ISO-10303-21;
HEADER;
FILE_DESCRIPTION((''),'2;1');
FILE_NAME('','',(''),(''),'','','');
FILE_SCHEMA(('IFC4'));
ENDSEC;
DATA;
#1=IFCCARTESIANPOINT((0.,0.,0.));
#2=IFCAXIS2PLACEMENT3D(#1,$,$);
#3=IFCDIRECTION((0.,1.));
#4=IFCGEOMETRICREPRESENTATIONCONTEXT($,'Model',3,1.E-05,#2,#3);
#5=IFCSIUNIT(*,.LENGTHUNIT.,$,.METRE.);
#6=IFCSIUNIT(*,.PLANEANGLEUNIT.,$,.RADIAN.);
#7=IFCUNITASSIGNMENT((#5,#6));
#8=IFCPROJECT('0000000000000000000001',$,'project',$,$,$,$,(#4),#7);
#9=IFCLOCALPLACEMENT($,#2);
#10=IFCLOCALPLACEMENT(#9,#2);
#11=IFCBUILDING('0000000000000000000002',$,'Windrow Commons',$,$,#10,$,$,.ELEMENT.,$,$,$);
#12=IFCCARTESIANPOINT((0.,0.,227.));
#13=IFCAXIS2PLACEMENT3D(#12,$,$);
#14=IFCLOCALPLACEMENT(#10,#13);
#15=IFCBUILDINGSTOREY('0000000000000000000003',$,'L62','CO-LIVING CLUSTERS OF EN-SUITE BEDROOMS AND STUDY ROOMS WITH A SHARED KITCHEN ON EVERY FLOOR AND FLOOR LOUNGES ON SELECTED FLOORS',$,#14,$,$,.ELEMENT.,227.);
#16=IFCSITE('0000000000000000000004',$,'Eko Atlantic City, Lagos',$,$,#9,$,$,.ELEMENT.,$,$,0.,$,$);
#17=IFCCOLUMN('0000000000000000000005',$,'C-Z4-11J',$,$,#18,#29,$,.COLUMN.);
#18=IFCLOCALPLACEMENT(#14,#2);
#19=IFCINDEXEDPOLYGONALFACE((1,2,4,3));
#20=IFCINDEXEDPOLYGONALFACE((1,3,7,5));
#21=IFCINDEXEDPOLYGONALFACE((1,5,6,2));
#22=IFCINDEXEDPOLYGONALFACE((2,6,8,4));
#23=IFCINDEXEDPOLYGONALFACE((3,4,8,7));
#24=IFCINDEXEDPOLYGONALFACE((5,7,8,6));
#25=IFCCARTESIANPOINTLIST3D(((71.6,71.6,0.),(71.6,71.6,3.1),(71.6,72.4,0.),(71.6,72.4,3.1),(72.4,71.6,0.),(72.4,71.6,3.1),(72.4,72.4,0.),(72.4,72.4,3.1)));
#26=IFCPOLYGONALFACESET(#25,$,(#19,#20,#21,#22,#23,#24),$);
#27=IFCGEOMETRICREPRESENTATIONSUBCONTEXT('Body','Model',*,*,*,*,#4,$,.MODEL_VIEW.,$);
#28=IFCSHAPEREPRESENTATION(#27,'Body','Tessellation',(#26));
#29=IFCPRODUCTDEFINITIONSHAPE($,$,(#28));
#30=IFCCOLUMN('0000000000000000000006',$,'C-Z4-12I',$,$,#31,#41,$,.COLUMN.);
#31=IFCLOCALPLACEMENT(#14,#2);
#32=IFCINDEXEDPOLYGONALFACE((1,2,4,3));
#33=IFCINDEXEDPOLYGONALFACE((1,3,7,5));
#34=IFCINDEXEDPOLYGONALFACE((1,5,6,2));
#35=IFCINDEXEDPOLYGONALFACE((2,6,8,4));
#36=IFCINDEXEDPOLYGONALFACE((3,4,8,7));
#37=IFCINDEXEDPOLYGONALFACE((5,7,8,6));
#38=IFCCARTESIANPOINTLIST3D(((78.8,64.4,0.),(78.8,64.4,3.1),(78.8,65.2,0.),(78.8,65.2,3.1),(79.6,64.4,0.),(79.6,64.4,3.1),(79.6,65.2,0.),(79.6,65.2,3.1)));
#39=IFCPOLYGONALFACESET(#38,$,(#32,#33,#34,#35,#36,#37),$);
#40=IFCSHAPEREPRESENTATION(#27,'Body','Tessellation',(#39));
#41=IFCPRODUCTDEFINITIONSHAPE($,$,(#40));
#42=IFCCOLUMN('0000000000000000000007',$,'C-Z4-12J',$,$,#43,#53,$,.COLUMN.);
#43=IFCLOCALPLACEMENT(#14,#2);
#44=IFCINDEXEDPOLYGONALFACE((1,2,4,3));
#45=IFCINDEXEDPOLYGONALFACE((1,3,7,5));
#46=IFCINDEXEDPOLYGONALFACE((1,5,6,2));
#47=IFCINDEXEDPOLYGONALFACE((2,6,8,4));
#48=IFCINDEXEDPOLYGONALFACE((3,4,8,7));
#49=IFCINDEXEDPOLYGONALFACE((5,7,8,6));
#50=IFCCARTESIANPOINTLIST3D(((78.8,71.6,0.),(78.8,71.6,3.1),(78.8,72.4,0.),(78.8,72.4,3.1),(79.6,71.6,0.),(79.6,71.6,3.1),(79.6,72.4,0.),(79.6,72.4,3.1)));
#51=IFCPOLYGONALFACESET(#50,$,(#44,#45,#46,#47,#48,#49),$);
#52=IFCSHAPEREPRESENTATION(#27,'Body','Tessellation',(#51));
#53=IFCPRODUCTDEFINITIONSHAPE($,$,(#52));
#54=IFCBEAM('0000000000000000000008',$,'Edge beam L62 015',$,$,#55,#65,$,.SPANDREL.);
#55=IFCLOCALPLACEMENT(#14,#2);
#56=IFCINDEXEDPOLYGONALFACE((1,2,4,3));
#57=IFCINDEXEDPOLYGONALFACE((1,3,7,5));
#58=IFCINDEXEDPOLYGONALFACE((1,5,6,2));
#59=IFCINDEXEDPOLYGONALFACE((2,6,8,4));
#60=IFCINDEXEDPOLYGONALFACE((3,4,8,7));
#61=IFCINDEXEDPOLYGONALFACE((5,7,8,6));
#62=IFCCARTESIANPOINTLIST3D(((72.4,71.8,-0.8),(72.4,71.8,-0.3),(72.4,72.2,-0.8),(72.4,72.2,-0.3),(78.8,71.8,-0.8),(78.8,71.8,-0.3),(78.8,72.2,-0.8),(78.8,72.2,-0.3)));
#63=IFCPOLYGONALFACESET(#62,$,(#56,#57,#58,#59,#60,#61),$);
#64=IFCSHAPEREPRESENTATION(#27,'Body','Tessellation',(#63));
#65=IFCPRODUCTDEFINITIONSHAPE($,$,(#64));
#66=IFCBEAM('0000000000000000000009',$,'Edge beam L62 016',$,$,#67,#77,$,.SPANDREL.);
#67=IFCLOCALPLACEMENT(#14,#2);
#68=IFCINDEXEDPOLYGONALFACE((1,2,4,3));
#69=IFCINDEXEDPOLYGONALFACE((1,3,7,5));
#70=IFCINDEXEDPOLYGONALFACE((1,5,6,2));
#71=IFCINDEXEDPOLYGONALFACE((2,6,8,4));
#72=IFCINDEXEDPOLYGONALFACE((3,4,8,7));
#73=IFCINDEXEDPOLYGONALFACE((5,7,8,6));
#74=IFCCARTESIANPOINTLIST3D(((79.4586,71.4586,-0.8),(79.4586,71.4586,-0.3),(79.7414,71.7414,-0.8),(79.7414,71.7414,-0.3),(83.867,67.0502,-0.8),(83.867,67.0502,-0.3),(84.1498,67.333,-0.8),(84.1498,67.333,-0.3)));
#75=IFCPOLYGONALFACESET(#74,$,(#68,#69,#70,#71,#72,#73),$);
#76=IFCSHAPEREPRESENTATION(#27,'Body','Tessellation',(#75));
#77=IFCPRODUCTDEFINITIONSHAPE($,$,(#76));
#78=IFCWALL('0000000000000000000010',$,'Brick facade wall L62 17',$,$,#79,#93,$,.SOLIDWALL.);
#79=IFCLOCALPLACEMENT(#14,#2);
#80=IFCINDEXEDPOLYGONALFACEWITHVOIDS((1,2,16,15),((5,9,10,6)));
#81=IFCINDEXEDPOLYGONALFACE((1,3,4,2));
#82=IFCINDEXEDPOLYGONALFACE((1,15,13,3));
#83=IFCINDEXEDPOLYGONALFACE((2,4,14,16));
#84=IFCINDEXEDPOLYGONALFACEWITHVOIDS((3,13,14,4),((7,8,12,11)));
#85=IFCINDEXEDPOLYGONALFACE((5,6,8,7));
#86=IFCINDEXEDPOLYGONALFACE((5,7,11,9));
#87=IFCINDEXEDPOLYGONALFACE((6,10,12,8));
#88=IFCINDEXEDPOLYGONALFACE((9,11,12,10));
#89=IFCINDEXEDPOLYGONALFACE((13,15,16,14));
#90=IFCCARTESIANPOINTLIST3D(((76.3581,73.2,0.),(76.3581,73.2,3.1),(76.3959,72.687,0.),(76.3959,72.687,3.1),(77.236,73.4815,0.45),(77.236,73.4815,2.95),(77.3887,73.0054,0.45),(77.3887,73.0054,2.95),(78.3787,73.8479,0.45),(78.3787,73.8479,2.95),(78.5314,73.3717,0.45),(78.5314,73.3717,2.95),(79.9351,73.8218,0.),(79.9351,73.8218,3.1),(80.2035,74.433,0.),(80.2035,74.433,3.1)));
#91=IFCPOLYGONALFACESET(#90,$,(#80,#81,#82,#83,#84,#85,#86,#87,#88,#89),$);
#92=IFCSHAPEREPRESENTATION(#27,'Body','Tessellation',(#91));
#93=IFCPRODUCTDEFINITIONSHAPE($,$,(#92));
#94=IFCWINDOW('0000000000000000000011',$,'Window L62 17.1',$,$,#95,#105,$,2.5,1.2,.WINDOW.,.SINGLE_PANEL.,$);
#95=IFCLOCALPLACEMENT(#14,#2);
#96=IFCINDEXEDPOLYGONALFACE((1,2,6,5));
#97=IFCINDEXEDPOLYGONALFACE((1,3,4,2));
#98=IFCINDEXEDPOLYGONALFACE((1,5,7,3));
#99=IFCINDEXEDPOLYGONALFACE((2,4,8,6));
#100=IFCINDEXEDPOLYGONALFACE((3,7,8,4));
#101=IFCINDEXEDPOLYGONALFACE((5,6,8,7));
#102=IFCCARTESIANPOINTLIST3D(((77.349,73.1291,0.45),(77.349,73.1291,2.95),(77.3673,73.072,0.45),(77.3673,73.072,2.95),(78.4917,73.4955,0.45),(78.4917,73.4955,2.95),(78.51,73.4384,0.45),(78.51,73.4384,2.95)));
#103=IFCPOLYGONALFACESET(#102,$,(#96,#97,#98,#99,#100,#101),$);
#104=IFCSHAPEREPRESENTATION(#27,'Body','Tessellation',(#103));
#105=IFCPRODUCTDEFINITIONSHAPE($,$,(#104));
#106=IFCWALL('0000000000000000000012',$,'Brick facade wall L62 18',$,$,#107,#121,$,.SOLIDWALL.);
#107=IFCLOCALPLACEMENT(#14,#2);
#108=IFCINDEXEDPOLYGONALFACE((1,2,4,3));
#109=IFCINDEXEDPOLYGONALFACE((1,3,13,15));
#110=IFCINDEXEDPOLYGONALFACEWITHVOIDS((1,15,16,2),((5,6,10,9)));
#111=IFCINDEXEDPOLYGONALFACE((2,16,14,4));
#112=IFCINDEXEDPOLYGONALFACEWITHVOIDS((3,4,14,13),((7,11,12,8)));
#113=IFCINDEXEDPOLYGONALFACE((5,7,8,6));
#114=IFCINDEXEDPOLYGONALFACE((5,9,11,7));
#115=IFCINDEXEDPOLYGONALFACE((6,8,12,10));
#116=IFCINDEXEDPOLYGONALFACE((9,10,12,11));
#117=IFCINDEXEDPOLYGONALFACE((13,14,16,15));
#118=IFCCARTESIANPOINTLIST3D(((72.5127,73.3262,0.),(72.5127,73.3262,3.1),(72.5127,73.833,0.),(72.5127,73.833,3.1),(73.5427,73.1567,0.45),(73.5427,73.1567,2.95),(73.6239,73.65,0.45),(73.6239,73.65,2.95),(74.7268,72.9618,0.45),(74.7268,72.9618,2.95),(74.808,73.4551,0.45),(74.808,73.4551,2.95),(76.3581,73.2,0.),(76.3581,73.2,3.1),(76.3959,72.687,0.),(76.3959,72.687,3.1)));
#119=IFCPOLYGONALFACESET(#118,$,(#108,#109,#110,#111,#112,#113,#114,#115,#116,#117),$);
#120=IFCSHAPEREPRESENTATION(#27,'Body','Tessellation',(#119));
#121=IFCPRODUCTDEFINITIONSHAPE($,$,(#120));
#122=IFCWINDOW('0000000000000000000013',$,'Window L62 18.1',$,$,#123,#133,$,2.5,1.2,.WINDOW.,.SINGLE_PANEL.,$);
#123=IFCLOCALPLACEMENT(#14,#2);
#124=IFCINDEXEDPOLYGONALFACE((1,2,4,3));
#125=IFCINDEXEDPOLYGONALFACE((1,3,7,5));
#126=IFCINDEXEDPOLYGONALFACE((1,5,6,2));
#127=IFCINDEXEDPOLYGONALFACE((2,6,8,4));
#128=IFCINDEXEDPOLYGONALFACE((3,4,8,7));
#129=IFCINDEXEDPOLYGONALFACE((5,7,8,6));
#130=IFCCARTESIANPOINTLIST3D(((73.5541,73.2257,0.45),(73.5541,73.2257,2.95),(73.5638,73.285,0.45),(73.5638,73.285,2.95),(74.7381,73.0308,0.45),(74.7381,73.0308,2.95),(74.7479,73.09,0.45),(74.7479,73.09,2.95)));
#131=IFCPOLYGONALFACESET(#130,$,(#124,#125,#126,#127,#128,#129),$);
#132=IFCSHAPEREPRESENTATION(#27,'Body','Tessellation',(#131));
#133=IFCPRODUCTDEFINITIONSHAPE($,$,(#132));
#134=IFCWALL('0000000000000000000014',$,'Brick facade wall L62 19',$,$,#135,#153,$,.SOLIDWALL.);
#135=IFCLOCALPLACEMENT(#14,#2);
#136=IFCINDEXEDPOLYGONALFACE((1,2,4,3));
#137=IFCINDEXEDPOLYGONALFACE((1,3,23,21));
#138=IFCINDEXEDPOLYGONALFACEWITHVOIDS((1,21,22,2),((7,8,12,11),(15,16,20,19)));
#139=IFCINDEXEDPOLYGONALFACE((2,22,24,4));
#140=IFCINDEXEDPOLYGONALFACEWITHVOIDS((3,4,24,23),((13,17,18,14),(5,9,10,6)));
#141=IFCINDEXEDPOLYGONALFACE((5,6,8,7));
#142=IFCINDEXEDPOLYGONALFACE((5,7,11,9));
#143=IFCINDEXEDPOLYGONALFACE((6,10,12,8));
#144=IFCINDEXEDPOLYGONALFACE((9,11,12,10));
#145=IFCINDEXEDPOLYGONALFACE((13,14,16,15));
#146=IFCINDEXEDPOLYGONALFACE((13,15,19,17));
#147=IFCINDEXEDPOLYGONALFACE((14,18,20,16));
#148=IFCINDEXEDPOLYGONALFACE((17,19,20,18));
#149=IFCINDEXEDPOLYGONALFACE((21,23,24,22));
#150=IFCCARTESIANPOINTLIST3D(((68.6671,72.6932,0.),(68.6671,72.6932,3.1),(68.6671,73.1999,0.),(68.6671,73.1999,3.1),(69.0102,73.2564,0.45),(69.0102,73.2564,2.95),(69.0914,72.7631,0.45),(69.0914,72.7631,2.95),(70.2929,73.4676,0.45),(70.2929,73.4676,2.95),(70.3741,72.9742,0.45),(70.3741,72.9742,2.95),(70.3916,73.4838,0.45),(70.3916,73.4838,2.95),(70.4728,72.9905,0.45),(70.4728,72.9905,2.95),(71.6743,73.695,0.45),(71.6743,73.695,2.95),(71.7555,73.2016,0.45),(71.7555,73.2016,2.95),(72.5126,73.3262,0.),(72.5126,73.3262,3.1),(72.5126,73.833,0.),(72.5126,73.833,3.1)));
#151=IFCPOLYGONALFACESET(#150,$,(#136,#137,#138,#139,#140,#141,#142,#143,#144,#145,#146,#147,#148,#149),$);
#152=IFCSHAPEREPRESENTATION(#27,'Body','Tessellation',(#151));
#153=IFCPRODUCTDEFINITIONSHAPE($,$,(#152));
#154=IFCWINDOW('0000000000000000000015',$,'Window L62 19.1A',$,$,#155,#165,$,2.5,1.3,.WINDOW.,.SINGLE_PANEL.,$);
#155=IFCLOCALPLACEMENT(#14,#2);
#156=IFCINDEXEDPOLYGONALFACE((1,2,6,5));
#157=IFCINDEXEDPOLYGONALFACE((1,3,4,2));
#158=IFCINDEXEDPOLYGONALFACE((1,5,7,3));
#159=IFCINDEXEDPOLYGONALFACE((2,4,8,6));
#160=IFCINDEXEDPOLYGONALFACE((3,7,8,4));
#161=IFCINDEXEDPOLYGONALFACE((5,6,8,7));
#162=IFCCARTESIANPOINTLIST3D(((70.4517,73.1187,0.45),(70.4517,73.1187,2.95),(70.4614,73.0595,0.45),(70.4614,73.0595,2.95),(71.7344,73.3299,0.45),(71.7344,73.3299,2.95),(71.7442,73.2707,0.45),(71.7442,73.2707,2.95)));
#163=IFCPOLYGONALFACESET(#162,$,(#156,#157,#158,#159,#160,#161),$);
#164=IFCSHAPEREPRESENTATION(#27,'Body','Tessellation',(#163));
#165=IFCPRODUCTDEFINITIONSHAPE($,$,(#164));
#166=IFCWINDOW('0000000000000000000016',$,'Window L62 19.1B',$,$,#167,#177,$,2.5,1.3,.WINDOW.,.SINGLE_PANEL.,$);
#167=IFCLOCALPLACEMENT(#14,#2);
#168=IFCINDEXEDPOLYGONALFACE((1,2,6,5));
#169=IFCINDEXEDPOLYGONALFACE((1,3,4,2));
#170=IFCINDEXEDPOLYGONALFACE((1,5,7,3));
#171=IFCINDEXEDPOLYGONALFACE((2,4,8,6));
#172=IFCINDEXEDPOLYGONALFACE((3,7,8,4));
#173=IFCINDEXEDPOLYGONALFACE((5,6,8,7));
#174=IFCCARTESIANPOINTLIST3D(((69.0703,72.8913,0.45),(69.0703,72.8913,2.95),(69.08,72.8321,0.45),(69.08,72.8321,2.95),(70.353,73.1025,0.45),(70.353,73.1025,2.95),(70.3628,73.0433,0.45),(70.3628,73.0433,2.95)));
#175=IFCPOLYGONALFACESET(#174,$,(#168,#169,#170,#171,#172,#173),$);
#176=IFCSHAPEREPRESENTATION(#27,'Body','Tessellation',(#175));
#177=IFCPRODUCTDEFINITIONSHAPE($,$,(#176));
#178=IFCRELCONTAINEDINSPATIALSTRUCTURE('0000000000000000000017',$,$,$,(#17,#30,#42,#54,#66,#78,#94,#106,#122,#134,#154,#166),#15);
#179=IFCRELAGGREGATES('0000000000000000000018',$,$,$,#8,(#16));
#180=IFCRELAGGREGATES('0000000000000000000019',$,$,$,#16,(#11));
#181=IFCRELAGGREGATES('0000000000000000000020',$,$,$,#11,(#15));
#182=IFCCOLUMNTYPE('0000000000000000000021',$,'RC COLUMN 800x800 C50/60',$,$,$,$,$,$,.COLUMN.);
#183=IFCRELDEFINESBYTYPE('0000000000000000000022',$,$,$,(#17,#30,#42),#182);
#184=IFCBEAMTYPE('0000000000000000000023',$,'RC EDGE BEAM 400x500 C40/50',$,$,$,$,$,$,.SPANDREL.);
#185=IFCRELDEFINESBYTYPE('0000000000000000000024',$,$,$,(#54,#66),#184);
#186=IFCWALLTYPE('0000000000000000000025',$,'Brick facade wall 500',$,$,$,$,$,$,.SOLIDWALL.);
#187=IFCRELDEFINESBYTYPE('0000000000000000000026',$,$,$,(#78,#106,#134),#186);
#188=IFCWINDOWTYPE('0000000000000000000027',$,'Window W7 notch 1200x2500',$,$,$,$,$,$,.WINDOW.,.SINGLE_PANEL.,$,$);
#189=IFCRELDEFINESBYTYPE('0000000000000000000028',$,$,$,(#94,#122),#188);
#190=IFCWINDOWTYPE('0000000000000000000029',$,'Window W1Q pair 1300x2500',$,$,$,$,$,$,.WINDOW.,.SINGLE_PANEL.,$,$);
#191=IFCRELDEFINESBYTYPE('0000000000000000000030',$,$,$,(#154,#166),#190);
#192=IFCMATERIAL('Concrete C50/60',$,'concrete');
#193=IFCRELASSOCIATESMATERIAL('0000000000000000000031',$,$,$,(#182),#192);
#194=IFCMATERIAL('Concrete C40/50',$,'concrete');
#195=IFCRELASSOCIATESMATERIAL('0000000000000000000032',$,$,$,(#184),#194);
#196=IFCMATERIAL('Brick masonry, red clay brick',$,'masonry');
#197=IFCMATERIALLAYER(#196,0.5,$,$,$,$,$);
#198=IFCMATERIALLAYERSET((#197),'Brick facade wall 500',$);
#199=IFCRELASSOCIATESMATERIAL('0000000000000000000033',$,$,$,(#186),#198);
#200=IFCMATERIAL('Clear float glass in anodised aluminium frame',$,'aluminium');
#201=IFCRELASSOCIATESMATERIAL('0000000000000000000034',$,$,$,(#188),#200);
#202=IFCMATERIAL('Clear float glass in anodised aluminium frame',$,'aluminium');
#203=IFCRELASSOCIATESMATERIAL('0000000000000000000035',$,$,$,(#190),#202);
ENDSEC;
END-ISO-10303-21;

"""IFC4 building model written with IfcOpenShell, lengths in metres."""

from ifc_helpers import new_model, si_unit, direction, frame, frame_2d, origin, origin_2d, place, context, subcontext, project, spatial, polyline, rectangle, outline, extrude, material, layer, layer_set, material_profile, profile_set, type_object, element, fill, save


model = new_model("IFC4")

# Units and contexts
model_context = context("Model", 3, precision=1e-05, world=origin(), true_north=direction((0.0, 1.0)))
body_context = subcontext(model_context, "Body", "Model", "MODEL_VIEW")
ifc_project = project(units=[si_unit("LENGTHUNIT", "METRE"), si_unit("PLANEANGLEUNIT", "RADIAN")], contexts=[model_context])

# Site, building, storey
site_placement = place(None, origin())
site = spatial("IfcSite", under=ifc_project, at=site_placement, Name="Eko Atlantic City, Lagos", CompositionType="ELEMENT", RefElevation=0.0)
building_placement = place(site_placement, origin())
building = spatial("IfcBuilding", under=site, at=building_placement, Name="Windrow Commons", CompositionType="ELEMENT")
storey_placement = place(building_placement, frame((0.0, 0.0, 227.0)))
storey = spatial("IfcBuildingStorey", under=building, at=storey_placement, Name="L62", Description="CO-LIVING CLUSTERS OF EN-SUITE BEDROOMS AND STUDY ROOMS WITH A SHARED KITCHEN ON EVERY FLOOR AND FLOOR LOUNGES ON SELECTED FLOORS", CompositionType="ELEMENT", Elevation=227.0)

# Columns
ifc_material_1 = material(Name="Concrete C50/60", Category="concrete")
ifc_material_profile_1 = material_profile(ifc_material_1, rectangle(XDim=0.8, YDim=0.8, at=origin_2d()))
ifc_profile_set_1 = profile_set([ifc_material_profile_1], Name="Concrete C50/60")
column_type = type_object("IfcColumnType", Name="RC COLUMN 800x800 C50/60", PredefinedType="COLUMN", material=ifc_profile_set_1)
for number, where, z_axis, x_axis, name in (
    (1, (72.0, 72.0, 0.0), (0.0, 0.0, 1.0), (1.0, 0.0, 0.0), "C-Z4-11J"),
    (2, (79.2, 64.8, 0.0), (0.0, 0.0, 1.0), (1.0, 0.0, 0.0), "C-Z4-12I"),
    (3, (79.2, 72.0, 0.0), (0.0, 0.0, 1.0), (1.0, 0.0, 0.0), "C-Z4-12J"),
):
    element("IfcColumn", number, at=place(storey_placement, frame(where, z_axis=z_axis, x_axis=x_axis)), inside=storey, type_object=column_type, Name=name, PredefinedType="COLUMN", context=body_context, shape_type="SweptSolid", body=[
        extrude(rectangle(XDim=0.8, YDim=0.8, at=origin_2d()), origin(), (0.0, 0.0, 1.0), 3.1),
    ])

# Beams
ifc_material_2 = material(Name="Concrete C40/50", Category="concrete")
ifc_material_profile_2 = material_profile(ifc_material_2, rectangle(XDim=0.4, YDim=0.5, at=origin_2d()))
ifc_profile_set_2 = profile_set([ifc_material_profile_2], Name="Concrete C40/50")
beam_type = type_object("IfcBeamType", Name="RC EDGE BEAM 400x500 C40/50", PredefinedType="SPANDREL", material=ifc_profile_set_2)
beam_1_placement = place(storey_placement, frame((72.4, 72.0, -0.55), z_axis=(1.0, 0.0, 0.0), x_axis=(0.0, 1.0, 0.0)))
element("IfcBeam", 4, at=beam_1_placement, inside=storey, type_object=beam_type, Name="Edge beam L62 015", PredefinedType="SPANDREL", context=body_context, shape_type="SweptSolid", body=[
    extrude(rectangle(XDim=0.4, YDim=0.5, at=origin_2d()), origin(), (0.0, 0.0, 1.0), 6.4),
])
beam_2_placement = place(storey_placement, frame((79.6, 71.6, -0.55), z_axis=(0.707107, -0.707107, 0.0), x_axis=(0.707107, 0.707107, 0.0)))
element("IfcBeam", 5, at=beam_2_placement, inside=storey, type_object=beam_type, Name="Edge beam L62 016", PredefinedType="SPANDREL", context=body_context, shape_type="SweptSolid", body=[
    extrude(rectangle(XDim=0.4, YDim=0.5, at=origin_2d()), origin(), (0.0, 0.0, 1.0), 6.2344),
])

# Walls, openings, windows
ifc_material_3 = material(Name="Brick masonry, red clay brick", Category="masonry")
ifc_layer_1 = layer(ifc_material_3, 0.5)
ifc_layer_set_1 = layer_set([ifc_layer_1], Name="Brick facade wall 500")
wall_type_1 = type_object("IfcWallType", Name="Brick facade wall 500", PredefinedType="SOLIDWALL", material=ifc_layer_set_1)
wall_1_placement = place(storey_placement, frame((80.0693, 74.1274, 0.0), z_axis=(0.0, 0.0, 1.0), x_axis=(-0.952247, -0.305329, 0.0)))
wall_1 = element("IfcWall", 6, at=wall_1_placement, inside=storey, type_object=wall_type_1, Name="Brick facade wall L62 17", PredefinedType="SOLIDWALL", context=body_context, shape_type="SweptSolid", body=[
    extrude(outline(polyline([(-0.2211, -0.25), (3.8172, -0.25), (3.9378, 0.25), (0.2211, 0.25), (-0.2211, -0.25)])), origin(), (0.0, 0.0, 1.0), 3.1),
])
opening_1_placement = place(wall_1_placement, frame((1.6952, 0.0, 0.45)))
opening_1 = element("IfcOpeningElement", 7, at=opening_1_placement, cuts=wall_1, PredefinedType="OPENING", context=body_context, shape_type="SweptSolid", body=[
    extrude(rectangle(XDim=1.2, YDim=2.5, at=frame_2d((0.6, 1.25))), frame((0.0, 0.26, 0.0), z_axis=(0.0, -1.0, 0.0), x_axis=(1.0, 0.0, 0.0)), (0.0, 0.0, 1.0), 0.52),
])
ifc_material_4 = material(Name="Clear float glass in anodised aluminium frame", Category="aluminium")
window_type_1 = type_object("IfcWindowType", Name="Window W7 notch 1200x2500", PartitioningType="SINGLE_PANEL", PredefinedType="WINDOW", material=ifc_material_4)
window_1_placement = place(opening_1_placement, origin())
window_1 = element("IfcWindow", 8, at=window_1_placement, inside=storey, type_object=window_type_1, Name="Window L62 17.1", OverallHeight=2.5, OverallWidth=1.2, PartitioningType="SINGLE_PANEL", PredefinedType="WINDOW", context=body_context, shape_type="SweptSolid", body=[
    extrude(rectangle(XDim=1.2, YDim=2.5, at=frame_2d((0.6, 1.25))), frame((0.0, 0.18, 0.0), z_axis=(0.0, -1.0, 0.0), x_axis=(1.0, 0.0, 0.0)), (0.0, 0.0, 1.0), 0.06),
])
fill(opening_1, window_1)
wall_2_placement = place(storey_placement, frame((76.377, 72.9435, 0.0), z_axis=(0.0, 0.0, 1.0), x_axis=(-0.986722, 0.162419, 0.0)))
wall_2 = element("IfcWall", 9, at=wall_2_placement, inside=storey, type_object=wall_type_1, Name="Brick facade wall L62 18", PredefinedType="SOLIDWALL", context=body_context, shape_type="SweptSolid", body=[
    extrude(outline(polyline([(0.0603, -0.25), (3.9575, -0.25), (3.8752, 0.25), (-0.0603, 0.25), (0.0603, -0.25)])), origin(), (0.0, 0.0, 1.0), 3.1),
])
opening_2_placement = place(wall_2_placement, frame((1.6313, 0.0, 0.45)))
opening_2 = element("IfcOpeningElement", 10, at=opening_2_placement, cuts=wall_2, PredefinedType="OPENING", context=body_context, shape_type="SweptSolid", body=[
    extrude(rectangle(XDim=1.2, YDim=2.5, at=frame_2d((0.6, 1.25))), frame((0.0, 0.26, 0.0), z_axis=(0.0, -1.0, 0.0), x_axis=(1.0, 0.0, 0.0)), (0.0, 0.0, 1.0), 0.52),
])
window_2_placement = place(opening_2_placement, origin())
window_2 = element("IfcWindow", 11, at=window_2_placement, inside=storey, type_object=window_type_1, Name="Window L62 18.1", OverallHeight=2.5, OverallWidth=1.2, PartitioningType="SINGLE_PANEL", PredefinedType="WINDOW", context=body_context, shape_type="SweptSolid", body=[
    extrude(rectangle(XDim=1.2, YDim=2.5, at=frame_2d((0.6, 1.25))), frame((0.0, 0.18, 0.0), z_axis=(0.0, -1.0, 0.0), x_axis=(1.0, 0.0, 0.0)), (0.0, 0.0, 1.0), 0.06),
])
fill(opening_2, window_2)

# Wall, openings, windows
wall_3_placement = place(storey_placement, frame((72.5126, 73.5796, 0.0), z_axis=(0.0, 0.0, 1.0), x_axis=(-0.986721, -0.162426, 0.0)))
wall_3 = element("IfcWall", 12, at=wall_3_placement, inside=storey, type_object=wall_type_1, Name="Brick facade wall L62 19", PredefinedType="SOLIDWALL", context=body_context, shape_type="SweptSolid", body=[
    extrude(outline(polyline([(-0.0412, -0.25), (3.8561, -0.25), (3.9384, 0.25), (0.0412, 0.25), (-0.0412, -0.25)])), origin(), (0.0, 0.0, 1.0), 3.1),
])
opening_3_placement = place(wall_3_placement, frame((0.8084, 0.0, 0.45)))
opening_3 = element("IfcOpeningElement", 13, at=opening_3_placement, cuts=wall_3, PredefinedType="OPENING", context=body_context, shape_type="SweptSolid", body=[
    extrude(rectangle(XDim=1.3, YDim=2.5, at=frame_2d((0.65, 1.25))), frame((0.0, 0.26, 0.0), z_axis=(0.0, -1.0, 0.0), x_axis=(1.0, 0.0, 0.0)), (0.0, 0.0, 1.0), 0.52),
])
opening_4_placement = place(wall_3_placement, frame((2.2084, 0.0, 0.45)))
opening_4 = element("IfcOpeningElement", 14, at=opening_4_placement, cuts=wall_3, PredefinedType="OPENING", context=body_context, shape_type="SweptSolid", body=[
    extrude(rectangle(XDim=1.3, YDim=2.5, at=frame_2d((0.65, 1.25))), frame((0.0, 0.26, 0.0), z_axis=(0.0, -1.0, 0.0), x_axis=(1.0, 0.0, 0.0)), (0.0, 0.0, 1.0), 0.52),
])
ifc_material_5 = material(Name="Clear float glass in anodised aluminium frame", Category="aluminium")
window_type_2 = type_object("IfcWindowType", Name="Window W1Q pair 1300x2500", PartitioningType="SINGLE_PANEL", PredefinedType="WINDOW", material=ifc_material_5)
window_3_placement = place(opening_3_placement, origin())
window_3 = element("IfcWindow", 15, at=window_3_placement, inside=storey, type_object=window_type_2, Name="Window L62 19.1A", OverallHeight=2.5, OverallWidth=1.3, PartitioningType="SINGLE_PANEL", PredefinedType="WINDOW", context=body_context, shape_type="SweptSolid", body=[
    extrude(rectangle(XDim=1.3, YDim=2.5, at=frame_2d((0.65, 1.25))), frame((0.0, 0.18, 0.0), z_axis=(0.0, -1.0, 0.0), x_axis=(1.0, 0.0, 0.0)), (0.0, 0.0, 1.0), 0.06),
])
fill(opening_3, window_3)
window_4_placement = place(opening_4_placement, origin())
window_4 = element("IfcWindow", 16, at=window_4_placement, inside=storey, type_object=window_type_2, Name="Window L62 19.1B", OverallHeight=2.5, OverallWidth=1.3, PartitioningType="SINGLE_PANEL", PredefinedType="WINDOW", context=body_context, shape_type="SweptSolid", body=[
    extrude(rectangle(XDim=1.3, YDim=2.5, at=frame_2d((0.65, 1.25))), frame((0.0, 0.18, 0.0), z_axis=(0.0, -1.0, 0.0), x_axis=(1.0, 0.0, 0.0)), (0.0, 0.0, 1.0), 0.06),
])
fill(opening_4, window_4)

save(model, "model.ifc")
